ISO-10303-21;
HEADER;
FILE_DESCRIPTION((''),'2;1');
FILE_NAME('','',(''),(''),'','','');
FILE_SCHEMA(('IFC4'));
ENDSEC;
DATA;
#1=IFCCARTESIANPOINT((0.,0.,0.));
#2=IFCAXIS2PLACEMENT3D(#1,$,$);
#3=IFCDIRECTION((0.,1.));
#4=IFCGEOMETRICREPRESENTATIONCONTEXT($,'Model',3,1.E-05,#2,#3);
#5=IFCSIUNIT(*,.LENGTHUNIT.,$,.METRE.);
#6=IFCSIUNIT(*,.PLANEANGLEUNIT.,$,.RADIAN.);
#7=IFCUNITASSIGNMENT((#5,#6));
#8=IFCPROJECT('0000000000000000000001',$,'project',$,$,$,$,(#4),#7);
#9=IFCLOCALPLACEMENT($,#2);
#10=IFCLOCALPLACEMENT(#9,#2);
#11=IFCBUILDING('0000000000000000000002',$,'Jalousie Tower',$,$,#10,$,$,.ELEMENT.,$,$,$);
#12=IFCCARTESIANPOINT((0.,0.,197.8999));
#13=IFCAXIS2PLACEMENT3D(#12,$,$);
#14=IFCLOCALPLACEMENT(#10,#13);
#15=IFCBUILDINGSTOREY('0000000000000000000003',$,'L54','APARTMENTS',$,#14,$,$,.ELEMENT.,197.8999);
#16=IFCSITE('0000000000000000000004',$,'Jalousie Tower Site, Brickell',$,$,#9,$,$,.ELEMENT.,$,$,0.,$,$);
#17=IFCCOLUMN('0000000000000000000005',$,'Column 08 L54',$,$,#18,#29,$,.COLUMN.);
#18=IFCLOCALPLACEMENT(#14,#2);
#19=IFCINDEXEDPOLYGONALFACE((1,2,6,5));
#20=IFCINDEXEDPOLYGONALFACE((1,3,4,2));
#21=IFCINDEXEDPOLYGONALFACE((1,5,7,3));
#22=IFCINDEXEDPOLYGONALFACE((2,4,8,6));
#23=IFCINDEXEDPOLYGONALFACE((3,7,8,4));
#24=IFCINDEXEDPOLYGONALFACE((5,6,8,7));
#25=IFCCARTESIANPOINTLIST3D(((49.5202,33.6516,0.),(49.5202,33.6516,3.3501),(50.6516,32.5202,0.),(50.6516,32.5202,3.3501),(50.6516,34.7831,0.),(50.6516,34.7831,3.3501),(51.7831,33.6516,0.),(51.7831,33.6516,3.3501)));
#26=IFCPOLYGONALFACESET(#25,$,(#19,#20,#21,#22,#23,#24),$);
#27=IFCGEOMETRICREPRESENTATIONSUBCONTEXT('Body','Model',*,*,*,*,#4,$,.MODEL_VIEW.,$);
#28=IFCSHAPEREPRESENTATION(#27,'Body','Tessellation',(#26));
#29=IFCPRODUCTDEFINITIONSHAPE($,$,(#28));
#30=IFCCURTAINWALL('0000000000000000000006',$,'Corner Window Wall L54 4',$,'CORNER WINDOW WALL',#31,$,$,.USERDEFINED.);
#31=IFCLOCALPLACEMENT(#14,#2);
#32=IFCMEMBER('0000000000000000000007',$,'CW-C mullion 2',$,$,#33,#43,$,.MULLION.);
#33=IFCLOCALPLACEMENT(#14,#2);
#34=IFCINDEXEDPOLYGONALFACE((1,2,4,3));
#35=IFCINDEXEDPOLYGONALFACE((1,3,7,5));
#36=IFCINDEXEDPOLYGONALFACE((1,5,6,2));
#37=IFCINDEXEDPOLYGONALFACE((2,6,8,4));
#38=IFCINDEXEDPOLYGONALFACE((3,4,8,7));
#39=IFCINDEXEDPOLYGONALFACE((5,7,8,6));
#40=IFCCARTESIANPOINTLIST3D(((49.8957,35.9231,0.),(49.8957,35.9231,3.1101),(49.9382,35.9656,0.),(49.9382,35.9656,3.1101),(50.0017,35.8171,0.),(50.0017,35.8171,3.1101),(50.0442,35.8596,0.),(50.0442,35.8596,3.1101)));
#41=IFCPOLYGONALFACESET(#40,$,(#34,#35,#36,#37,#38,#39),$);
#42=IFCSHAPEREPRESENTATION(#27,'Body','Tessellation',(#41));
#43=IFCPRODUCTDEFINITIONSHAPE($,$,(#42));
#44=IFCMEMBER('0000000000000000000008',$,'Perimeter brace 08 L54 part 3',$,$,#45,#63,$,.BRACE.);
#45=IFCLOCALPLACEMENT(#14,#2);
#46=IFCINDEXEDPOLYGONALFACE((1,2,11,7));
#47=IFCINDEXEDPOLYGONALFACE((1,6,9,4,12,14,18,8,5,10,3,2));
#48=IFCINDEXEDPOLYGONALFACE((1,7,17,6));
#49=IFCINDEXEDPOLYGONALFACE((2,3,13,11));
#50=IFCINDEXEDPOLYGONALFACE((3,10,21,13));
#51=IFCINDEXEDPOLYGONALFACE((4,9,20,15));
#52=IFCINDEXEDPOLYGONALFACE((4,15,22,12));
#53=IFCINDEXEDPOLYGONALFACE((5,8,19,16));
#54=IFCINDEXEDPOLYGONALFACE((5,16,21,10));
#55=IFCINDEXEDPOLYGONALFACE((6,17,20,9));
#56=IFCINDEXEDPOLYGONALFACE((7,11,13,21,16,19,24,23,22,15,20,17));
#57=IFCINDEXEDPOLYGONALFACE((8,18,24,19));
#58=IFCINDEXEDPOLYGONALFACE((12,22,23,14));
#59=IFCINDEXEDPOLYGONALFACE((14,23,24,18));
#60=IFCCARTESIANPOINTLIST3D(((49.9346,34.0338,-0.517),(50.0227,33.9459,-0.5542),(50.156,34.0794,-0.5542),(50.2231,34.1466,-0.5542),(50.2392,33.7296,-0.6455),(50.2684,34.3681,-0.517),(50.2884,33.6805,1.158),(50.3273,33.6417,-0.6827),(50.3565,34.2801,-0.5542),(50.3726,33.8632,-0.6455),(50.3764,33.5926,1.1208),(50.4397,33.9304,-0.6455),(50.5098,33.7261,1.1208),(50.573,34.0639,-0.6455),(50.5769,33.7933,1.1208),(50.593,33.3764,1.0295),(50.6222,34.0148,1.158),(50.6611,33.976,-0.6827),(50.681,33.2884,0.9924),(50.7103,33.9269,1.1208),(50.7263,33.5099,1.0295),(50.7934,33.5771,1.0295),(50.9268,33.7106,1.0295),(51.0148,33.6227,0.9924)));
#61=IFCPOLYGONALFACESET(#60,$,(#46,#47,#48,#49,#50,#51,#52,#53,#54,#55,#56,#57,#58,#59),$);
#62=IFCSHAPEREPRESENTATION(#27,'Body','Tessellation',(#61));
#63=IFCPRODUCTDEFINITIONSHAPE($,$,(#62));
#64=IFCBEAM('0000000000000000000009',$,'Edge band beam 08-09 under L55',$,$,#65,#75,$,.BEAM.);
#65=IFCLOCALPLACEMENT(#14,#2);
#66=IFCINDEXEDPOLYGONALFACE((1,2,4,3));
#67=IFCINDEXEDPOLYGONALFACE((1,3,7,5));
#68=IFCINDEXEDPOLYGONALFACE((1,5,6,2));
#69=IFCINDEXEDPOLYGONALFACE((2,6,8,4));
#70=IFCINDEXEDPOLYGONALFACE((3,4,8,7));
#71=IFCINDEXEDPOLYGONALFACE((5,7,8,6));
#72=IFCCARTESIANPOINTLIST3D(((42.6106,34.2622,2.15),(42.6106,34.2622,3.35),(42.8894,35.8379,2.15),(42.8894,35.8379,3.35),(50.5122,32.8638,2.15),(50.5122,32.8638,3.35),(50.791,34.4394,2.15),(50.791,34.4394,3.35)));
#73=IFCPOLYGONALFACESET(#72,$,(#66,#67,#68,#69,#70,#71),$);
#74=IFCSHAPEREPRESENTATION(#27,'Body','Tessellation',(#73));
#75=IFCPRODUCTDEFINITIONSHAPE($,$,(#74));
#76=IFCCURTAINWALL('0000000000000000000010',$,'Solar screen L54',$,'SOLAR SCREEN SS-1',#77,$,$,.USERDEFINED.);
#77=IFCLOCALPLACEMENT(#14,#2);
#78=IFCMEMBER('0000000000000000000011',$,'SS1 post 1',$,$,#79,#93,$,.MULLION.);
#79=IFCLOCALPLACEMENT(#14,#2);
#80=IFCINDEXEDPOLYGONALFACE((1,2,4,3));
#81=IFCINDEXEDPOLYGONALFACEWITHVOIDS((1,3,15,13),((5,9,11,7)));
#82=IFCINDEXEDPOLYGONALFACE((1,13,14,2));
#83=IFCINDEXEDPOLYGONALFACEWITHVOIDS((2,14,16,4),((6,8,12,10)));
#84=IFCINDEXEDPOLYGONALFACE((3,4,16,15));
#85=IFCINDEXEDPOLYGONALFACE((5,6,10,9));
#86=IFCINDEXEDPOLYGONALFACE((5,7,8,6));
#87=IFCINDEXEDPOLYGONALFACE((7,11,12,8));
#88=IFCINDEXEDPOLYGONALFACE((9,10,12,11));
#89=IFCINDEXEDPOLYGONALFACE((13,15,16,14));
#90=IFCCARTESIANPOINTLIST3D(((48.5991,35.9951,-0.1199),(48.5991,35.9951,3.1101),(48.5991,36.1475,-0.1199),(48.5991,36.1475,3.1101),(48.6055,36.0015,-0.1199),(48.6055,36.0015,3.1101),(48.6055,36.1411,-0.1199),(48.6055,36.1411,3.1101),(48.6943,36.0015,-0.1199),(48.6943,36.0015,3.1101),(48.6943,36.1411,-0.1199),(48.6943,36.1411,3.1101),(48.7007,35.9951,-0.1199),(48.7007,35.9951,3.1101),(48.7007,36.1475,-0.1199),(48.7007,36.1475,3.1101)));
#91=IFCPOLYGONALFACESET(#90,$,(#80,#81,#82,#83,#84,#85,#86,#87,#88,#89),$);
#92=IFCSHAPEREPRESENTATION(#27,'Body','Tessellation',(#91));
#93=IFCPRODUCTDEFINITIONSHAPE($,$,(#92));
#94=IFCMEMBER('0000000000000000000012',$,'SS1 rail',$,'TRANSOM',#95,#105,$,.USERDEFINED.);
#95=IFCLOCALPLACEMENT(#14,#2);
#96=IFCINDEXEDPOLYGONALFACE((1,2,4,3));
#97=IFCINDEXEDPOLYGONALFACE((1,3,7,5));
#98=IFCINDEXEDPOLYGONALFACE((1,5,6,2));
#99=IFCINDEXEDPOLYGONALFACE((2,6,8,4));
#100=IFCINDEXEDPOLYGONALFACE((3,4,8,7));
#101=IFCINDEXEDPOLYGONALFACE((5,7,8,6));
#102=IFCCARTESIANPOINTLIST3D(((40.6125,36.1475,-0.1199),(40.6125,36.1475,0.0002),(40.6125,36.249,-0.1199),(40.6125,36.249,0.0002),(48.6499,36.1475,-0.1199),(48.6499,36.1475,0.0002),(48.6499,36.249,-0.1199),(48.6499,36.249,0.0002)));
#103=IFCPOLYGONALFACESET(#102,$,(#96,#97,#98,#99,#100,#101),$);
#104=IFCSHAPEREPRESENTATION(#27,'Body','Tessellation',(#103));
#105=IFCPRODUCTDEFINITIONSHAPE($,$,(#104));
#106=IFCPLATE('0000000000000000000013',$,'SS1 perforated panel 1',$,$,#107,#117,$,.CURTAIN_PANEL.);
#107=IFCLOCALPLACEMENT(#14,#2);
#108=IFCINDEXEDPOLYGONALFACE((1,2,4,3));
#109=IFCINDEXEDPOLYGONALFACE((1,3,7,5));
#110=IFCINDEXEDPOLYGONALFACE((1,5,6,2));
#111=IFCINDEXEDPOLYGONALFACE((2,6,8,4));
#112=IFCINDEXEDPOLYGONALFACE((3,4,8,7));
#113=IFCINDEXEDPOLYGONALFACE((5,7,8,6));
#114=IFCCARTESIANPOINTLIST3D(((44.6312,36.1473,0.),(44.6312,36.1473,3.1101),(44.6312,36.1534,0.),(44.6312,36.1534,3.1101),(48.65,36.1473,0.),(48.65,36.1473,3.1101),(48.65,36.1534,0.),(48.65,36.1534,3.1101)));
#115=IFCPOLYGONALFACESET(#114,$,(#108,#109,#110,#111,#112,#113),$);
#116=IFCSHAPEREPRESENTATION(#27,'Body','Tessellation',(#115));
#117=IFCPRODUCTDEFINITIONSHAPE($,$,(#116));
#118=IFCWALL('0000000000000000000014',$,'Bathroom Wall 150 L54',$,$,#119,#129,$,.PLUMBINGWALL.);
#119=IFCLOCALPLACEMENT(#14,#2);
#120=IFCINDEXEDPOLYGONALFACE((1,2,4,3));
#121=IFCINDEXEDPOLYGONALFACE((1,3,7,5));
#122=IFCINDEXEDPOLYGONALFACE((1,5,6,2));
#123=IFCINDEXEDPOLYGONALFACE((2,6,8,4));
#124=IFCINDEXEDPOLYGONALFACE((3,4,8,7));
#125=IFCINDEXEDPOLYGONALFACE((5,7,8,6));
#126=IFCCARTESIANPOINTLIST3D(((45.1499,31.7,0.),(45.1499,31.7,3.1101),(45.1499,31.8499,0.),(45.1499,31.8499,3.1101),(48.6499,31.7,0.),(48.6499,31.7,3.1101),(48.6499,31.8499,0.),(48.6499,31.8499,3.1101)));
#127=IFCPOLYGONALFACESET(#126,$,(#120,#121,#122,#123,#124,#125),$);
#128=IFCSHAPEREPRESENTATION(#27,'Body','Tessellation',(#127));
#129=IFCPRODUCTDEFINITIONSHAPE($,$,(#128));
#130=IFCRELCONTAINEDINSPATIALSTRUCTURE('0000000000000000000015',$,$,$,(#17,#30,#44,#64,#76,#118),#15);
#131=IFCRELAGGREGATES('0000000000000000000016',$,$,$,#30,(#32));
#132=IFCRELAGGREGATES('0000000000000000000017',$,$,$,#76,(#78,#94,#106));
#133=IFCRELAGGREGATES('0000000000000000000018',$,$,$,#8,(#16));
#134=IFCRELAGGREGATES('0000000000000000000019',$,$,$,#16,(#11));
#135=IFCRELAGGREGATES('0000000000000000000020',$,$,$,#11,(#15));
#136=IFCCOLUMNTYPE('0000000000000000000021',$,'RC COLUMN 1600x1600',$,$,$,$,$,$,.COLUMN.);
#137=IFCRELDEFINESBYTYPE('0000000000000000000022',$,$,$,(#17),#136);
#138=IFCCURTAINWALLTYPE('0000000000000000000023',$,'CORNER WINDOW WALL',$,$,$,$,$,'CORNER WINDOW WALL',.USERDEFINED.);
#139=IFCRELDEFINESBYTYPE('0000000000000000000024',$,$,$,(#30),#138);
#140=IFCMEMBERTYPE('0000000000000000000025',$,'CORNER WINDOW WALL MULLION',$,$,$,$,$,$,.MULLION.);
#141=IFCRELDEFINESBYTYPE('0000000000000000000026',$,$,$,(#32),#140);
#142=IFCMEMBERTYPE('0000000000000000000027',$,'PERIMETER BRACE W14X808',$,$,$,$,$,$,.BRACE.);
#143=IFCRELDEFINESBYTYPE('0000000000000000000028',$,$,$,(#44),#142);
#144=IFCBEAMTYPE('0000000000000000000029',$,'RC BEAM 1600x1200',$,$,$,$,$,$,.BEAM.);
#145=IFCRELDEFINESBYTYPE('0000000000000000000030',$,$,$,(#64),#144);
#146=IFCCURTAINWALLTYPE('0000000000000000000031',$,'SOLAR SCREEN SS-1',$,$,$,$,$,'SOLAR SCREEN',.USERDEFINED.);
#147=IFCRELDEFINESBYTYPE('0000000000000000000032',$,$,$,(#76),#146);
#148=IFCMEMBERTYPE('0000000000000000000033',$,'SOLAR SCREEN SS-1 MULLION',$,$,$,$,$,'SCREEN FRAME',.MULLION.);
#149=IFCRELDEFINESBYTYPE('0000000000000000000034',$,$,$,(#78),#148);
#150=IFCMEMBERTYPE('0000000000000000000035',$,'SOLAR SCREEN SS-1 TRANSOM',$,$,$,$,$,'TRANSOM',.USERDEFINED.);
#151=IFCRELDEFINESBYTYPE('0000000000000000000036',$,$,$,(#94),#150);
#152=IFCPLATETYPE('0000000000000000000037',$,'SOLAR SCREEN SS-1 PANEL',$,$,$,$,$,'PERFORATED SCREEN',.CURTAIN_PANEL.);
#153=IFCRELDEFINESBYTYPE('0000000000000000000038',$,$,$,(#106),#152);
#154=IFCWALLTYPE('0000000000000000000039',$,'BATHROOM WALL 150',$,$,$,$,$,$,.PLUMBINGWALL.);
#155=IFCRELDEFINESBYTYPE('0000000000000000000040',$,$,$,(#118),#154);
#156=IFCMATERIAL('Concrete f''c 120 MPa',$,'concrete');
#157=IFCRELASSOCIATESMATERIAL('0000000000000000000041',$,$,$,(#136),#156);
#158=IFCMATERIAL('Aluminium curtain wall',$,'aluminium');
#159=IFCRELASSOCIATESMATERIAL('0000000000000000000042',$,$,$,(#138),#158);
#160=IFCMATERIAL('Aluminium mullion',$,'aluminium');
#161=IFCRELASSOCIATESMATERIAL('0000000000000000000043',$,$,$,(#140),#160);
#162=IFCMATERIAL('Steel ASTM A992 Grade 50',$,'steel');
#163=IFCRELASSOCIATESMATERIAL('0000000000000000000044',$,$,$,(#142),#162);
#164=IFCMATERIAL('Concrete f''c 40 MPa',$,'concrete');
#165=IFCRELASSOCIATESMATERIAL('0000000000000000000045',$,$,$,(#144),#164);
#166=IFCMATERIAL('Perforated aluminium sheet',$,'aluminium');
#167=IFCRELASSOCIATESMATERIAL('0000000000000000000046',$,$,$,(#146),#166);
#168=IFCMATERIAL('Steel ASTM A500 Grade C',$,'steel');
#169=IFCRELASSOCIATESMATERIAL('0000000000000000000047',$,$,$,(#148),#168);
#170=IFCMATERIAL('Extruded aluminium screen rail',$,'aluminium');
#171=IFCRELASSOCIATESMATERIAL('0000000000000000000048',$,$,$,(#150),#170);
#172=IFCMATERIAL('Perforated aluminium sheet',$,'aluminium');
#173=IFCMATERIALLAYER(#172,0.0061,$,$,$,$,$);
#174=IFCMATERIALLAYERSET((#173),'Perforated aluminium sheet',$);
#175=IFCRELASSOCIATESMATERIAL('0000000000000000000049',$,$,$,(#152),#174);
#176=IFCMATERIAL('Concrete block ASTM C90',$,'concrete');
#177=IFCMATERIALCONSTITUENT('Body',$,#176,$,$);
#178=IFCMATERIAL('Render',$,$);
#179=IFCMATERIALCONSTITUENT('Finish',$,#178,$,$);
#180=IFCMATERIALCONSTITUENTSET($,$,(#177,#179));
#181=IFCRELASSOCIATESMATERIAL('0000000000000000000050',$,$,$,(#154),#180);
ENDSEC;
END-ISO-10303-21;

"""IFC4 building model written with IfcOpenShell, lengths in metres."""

from ifc_helpers import new_model, si_unit, direction, frame, frame_2d, origin, origin_2d, place, context, subcontext, project, spatial, rectangle, hollow_rectangle, i_section, extrude, material, layer, layer_set, constituent, constituent_set, material_profile, profile_set, type_object, element, aggregate, save


model = new_model("IFC4")

# Units and contexts
model_context = context("Model", 3, precision=1e-05, world=origin(), true_north=direction((0.0, 1.0)))
body_context = subcontext(model_context, "Body", "Model", "MODEL_VIEW")
ifc_project = project(units=[si_unit("LENGTHUNIT", "METRE"), si_unit("PLANEANGLEUNIT", "RADIAN")], contexts=[model_context])

# Site, building, storey
site_placement = place(None, origin())
site = spatial("IfcSite", under=ifc_project, at=site_placement, Name="Jalousie Tower Site, Brickell", CompositionType="ELEMENT", RefElevation=0.0)
building_placement = place(site_placement, origin())
building = spatial("IfcBuilding", under=site, at=building_placement, Name="Jalousie Tower", CompositionType="ELEMENT")
storey_placement = place(building_placement, frame((0.0, 0.0, 197.8999)))
storey = spatial("IfcBuildingStorey", under=building, at=storey_placement, Name="L54", Description="APARTMENTS", CompositionType="ELEMENT", Elevation=197.8999)

# Column
ifc_material_1 = material(Name="Concrete f'c 120 MPa", Category="concrete")
ifc_material_profile_1 = material_profile(ifc_material_1, rectangle(XDim=1.6001, YDim=1.6001, at=origin_2d()), Name="RC 1600x1600")
ifc_profile_set_1 = profile_set([ifc_material_profile_1], Name="Concrete f'c 120 MPa")
column_type = type_object("IfcColumnType", Name="RC COLUMN 1600x1600", PredefinedType="COLUMN", material=ifc_profile_set_1)
column_placement = place(storey_placement, frame((50.6516, 33.6516, 0.0), z_axis=(0.0, 0.0, 1.0), x_axis=(0.707107, 0.707107, 0.0)))
element("IfcColumn", 1, at=column_placement, inside=storey, type_object=column_type, Name="Column 08 L54", PredefinedType="COLUMN", context=body_context, shape_type="SweptSolid", body=[
    extrude(rectangle(XDim=1.6001, YDim=1.6001, at=origin_2d()), origin(), (0.0, 0.0, 1.0), 3.3501),
])

# Curtain wall, member
ifc_material_2 = material(Name="Aluminium curtain wall", Category="aluminium")
curtain_wall_type_1 = type_object("IfcCurtainWallType", Name="CORNER WINDOW WALL", ElementType="CORNER WINDOW WALL", PredefinedType="USERDEFINED", material=ifc_material_2)
curtain_wall_1_placement = place(storey_placement, origin())
curtain_wall_1 = element("IfcCurtainWall", 2, at=curtain_wall_1_placement, inside=storey, type_object=curtain_wall_type_1, Name="Corner Window Wall L54 4", ObjectType="CORNER WINDOW WALL", PredefinedType="USERDEFINED")
ifc_material_3 = material(Name="Aluminium mullion", Category="aluminium")
ifc_material_profile_2 = material_profile(ifc_material_3, rectangle(XDim=0.0601, YDim=0.1499, at=origin_2d()), Name="MULLION 60x150")
ifc_profile_set_2 = profile_set([ifc_material_profile_2], Name="Aluminium mullion")
member_type_1 = type_object("IfcMemberType", Name="CORNER WINDOW WALL MULLION", PredefinedType="MULLION", material=ifc_profile_set_2)
member_1_placement = place(storey_placement, frame((49.97, 35.8914, 0.0), z_axis=(0.0, 0.0, 1.0), x_axis=(-0.707107, -0.707107, 0.0)))
member_1 = element("IfcMember", 3, at=member_1_placement, type_object=member_type_1, Name="CW-C mullion 2", PredefinedType="MULLION", context=body_context, shape_type="SweptSolid", body=[
    extrude(rectangle(XDim=0.0601, YDim=0.1499, at=origin_2d()), origin(), (0.0, 0.0, 1.0), 3.1101),
])
aggregate(curtain_wall_1, [member_1])

# Member
ifc_material_4 = material(Name="Steel ASTM A992 Grade 50", Category="steel")
ifc_material_profile_3 = material_profile(ifc_material_4, i_section(OverallWidth=0.4724, OverallDepth=0.5791, WebThickness=0.095, FlangeThickness=0.1299, at=origin_2d()), Name="W14X808")
ifc_profile_set_3 = profile_set([ifc_material_profile_3], Name="Steel ASTM A992 Grade 50")
member_type_2 = type_object("IfcMemberType", Name="PERIMETER BRACE W14X808", PredefinedType="BRACE", material=ifc_profile_set_3)
member_2_placement = place(storey_placement, frame((50.2979, 34.0049, -0.5999), z_axis=(0.202372, -0.202093, 0.95823), x_axis=(0.706618, 0.707595, 0.0)))
element("IfcMember", 4, at=member_2_placement, inside=storey, type_object=member_type_2, Name="Perimeter brace 08 L54 part 3", PredefinedType="BRACE", context=body_context, shape_type="SweptSolid", body=[
    extrude(i_section(OverallWidth=0.4724, OverallDepth=0.5791, WebThickness=0.095, FlangeThickness=0.1299, at=origin_2d()), origin(), (0.0, 0.0, 1.0), 1.748),
])

# Beam
ifc_material_5 = material(Name="Concrete f'c 40 MPa", Category="concrete")
ifc_material_profile_4 = material_profile(ifc_material_5, rectangle(XDim=1.6001, YDim=1.2, at=origin_2d()), Name="RC 1600x1200")
ifc_profile_set_4 = profile_set([ifc_material_profile_4], Name="Concrete f'c 40 MPa")
beam_type = type_object("IfcBeamType", Name="RC BEAM 1600x1200", PredefinedType="BEAM", material=ifc_profile_set_4)
beam_placement = place(storey_placement, frame((50.6516, 33.6516, 2.75), z_axis=(-0.984697, 0.174273, 0.0), x_axis=(-0.174273, -0.984697, 0.0)))
element("IfcBeam", 5, at=beam_placement, inside=storey, type_object=beam_type, Name="Edge band beam 08-09 under L55", PredefinedType="BEAM", context=body_context, shape_type="SweptSolid", body=[
    extrude(rectangle(XDim=1.6001, YDim=1.2, at=origin_2d()), origin(), (0.0, 0.0, 1.0), 8.0244),
])

# Curtain wall, members, plate
ifc_material_6 = material(Name="Perforated aluminium sheet", Category="aluminium")
curtain_wall_type_2 = type_object("IfcCurtainWallType", Name="SOLAR SCREEN SS-1", ElementType="SOLAR SCREEN", PredefinedType="USERDEFINED", material=ifc_material_6)
curtain_wall_2_placement = place(storey_placement, origin())
curtain_wall_2 = element("IfcCurtainWall", 6, at=curtain_wall_2_placement, inside=storey, type_object=curtain_wall_type_2, Name="Solar screen L54", ObjectType="SOLAR SCREEN SS-1", PredefinedType="USERDEFINED")
ifc_material_7 = material(Name="Steel ASTM A500 Grade C", Category="steel")
ifc_material_profile_5 = material_profile(ifc_material_7, hollow_rectangle(XDim=0.1016, YDim=0.1523, WallThickness=0.0063, at=origin_2d()), Name="HSS6X4X1/4")
ifc_profile_set_5 = profile_set([ifc_material_profile_5], Name="Steel ASTM A500 Grade C")
member_type_3 = type_object("IfcMemberType", Name="SOLAR SCREEN SS-1 MULLION", ElementType="SCREEN FRAME", PredefinedType="MULLION", material=ifc_profile_set_5)
member_3_placement = place(storey_placement, frame((48.6499, 36.0713, -0.1199), z_axis=(0.0, 0.0, 1.0), x_axis=(-1.0, 0.0, 0.0)))
member_3 = element("IfcMember", 7, at=member_3_placement, type_object=member_type_3, Name="SS1 post 1", PredefinedType="MULLION", context=body_context, shape_type="SweptSolid", body=[
    extrude(hollow_rectangle(XDim=0.1016, YDim=0.1523, WallThickness=0.0063, at=origin_2d()), origin(), (0.0, 0.0, 1.0), 3.23),
])
ifc_material_8 = material(Name="Extruded aluminium screen rail", Category="aluminium")
ifc_material_profile_6 = material_profile(ifc_material_8, rectangle(XDim=0.1016, YDim=0.1201, at=origin_2d()), Name="RAIL 102x120")
ifc_profile_set_6 = profile_set([ifc_material_profile_6], Name="Extruded aluminium screen rail")
member_type_4 = type_object("IfcMemberType", Name="SOLAR SCREEN SS-1 TRANSOM", ElementType="TRANSOM", PredefinedType="USERDEFINED", material=ifc_profile_set_6)
member_4_placement = place(storey_placement, frame((48.6499, 36.1982, -0.0598), z_axis=(-1.0, 0.0, 0.0), x_axis=(0.0, -1.0, 0.0)))
member_4 = element("IfcMember", 8, at=member_4_placement, type_object=member_type_4, Name="SS1 rail", ObjectType="TRANSOM", PredefinedType="USERDEFINED", context=body_context, shape_type="SweptSolid", body=[
    extrude(rectangle(XDim=0.1016, YDim=0.1201, at=origin_2d()), origin(), (0.0, 0.0, 1.0), 8.0374),
])
ifc_material_9 = material(Name="Perforated aluminium sheet", Category="aluminium")
ifc_layer = layer(ifc_material_9, 0.0061)
ifc_layer_set = layer_set([ifc_layer], Name="Perforated aluminium sheet")
plate_type = type_object("IfcPlateType", Name="SOLAR SCREEN SS-1 PANEL", ElementType="PERFORATED SCREEN", PredefinedType="CURTAIN_PANEL", material=ifc_layer_set)
plate_placement = place(storey_placement, frame((46.6406, 36.1504, 0.0), z_axis=(0.0, 0.0, 1.0), x_axis=(-1.0, 0.0, 0.0)))
plate = element("IfcPlate", 9, at=plate_placement, type_object=plate_type, Name="SS1 perforated panel 1", PredefinedType="CURTAIN_PANEL", context=body_context, shape_type="SweptSolid", body=[
    extrude(rectangle(XDim=4.0188, YDim=0.0061, at=origin_2d()), origin(), (0.0, 0.0, 1.0), 3.1101),
])
aggregate(curtain_wall_2, [member_3, member_4, plate])

# Wall
ifc_material_10 = material(Name="Concrete block ASTM C90", Category="concrete")
ifc_constituent_1 = constituent(ifc_material_10, Name="Body")
ifc_material_11 = material(Name="Render")
ifc_constituent_2 = constituent(ifc_material_11, Name="Finish")
ifc_constituent_set_1 = constituent_set(constituents=[ifc_constituent_1, ifc_constituent_2])
wall_type_1 = type_object("IfcWallType", Name="BATHROOM WALL 150", PredefinedType="PLUMBINGWALL", material=ifc_constituent_set_1)
wall_1_placement = place(storey_placement, frame((45.1499, 31.7749, 0.0), z_axis=(0.0, 0.0, 1.0), x_axis=(1.0, 0.0, 0.0)))
element("IfcWall", 10, at=wall_1_placement, inside=storey, type_object=wall_type_1, Name="Bathroom Wall 150 L54", PredefinedType="PLUMBINGWALL", context=body_context, shape_type="SweptSolid", body=[
    extrude(rectangle(XDim=3.5, YDim=0.1499, at=frame_2d((1.75, 0.0))), origin(), (0.0, 0.0, 1.0), 3.1101),
])

save(model, "model.ifc")
